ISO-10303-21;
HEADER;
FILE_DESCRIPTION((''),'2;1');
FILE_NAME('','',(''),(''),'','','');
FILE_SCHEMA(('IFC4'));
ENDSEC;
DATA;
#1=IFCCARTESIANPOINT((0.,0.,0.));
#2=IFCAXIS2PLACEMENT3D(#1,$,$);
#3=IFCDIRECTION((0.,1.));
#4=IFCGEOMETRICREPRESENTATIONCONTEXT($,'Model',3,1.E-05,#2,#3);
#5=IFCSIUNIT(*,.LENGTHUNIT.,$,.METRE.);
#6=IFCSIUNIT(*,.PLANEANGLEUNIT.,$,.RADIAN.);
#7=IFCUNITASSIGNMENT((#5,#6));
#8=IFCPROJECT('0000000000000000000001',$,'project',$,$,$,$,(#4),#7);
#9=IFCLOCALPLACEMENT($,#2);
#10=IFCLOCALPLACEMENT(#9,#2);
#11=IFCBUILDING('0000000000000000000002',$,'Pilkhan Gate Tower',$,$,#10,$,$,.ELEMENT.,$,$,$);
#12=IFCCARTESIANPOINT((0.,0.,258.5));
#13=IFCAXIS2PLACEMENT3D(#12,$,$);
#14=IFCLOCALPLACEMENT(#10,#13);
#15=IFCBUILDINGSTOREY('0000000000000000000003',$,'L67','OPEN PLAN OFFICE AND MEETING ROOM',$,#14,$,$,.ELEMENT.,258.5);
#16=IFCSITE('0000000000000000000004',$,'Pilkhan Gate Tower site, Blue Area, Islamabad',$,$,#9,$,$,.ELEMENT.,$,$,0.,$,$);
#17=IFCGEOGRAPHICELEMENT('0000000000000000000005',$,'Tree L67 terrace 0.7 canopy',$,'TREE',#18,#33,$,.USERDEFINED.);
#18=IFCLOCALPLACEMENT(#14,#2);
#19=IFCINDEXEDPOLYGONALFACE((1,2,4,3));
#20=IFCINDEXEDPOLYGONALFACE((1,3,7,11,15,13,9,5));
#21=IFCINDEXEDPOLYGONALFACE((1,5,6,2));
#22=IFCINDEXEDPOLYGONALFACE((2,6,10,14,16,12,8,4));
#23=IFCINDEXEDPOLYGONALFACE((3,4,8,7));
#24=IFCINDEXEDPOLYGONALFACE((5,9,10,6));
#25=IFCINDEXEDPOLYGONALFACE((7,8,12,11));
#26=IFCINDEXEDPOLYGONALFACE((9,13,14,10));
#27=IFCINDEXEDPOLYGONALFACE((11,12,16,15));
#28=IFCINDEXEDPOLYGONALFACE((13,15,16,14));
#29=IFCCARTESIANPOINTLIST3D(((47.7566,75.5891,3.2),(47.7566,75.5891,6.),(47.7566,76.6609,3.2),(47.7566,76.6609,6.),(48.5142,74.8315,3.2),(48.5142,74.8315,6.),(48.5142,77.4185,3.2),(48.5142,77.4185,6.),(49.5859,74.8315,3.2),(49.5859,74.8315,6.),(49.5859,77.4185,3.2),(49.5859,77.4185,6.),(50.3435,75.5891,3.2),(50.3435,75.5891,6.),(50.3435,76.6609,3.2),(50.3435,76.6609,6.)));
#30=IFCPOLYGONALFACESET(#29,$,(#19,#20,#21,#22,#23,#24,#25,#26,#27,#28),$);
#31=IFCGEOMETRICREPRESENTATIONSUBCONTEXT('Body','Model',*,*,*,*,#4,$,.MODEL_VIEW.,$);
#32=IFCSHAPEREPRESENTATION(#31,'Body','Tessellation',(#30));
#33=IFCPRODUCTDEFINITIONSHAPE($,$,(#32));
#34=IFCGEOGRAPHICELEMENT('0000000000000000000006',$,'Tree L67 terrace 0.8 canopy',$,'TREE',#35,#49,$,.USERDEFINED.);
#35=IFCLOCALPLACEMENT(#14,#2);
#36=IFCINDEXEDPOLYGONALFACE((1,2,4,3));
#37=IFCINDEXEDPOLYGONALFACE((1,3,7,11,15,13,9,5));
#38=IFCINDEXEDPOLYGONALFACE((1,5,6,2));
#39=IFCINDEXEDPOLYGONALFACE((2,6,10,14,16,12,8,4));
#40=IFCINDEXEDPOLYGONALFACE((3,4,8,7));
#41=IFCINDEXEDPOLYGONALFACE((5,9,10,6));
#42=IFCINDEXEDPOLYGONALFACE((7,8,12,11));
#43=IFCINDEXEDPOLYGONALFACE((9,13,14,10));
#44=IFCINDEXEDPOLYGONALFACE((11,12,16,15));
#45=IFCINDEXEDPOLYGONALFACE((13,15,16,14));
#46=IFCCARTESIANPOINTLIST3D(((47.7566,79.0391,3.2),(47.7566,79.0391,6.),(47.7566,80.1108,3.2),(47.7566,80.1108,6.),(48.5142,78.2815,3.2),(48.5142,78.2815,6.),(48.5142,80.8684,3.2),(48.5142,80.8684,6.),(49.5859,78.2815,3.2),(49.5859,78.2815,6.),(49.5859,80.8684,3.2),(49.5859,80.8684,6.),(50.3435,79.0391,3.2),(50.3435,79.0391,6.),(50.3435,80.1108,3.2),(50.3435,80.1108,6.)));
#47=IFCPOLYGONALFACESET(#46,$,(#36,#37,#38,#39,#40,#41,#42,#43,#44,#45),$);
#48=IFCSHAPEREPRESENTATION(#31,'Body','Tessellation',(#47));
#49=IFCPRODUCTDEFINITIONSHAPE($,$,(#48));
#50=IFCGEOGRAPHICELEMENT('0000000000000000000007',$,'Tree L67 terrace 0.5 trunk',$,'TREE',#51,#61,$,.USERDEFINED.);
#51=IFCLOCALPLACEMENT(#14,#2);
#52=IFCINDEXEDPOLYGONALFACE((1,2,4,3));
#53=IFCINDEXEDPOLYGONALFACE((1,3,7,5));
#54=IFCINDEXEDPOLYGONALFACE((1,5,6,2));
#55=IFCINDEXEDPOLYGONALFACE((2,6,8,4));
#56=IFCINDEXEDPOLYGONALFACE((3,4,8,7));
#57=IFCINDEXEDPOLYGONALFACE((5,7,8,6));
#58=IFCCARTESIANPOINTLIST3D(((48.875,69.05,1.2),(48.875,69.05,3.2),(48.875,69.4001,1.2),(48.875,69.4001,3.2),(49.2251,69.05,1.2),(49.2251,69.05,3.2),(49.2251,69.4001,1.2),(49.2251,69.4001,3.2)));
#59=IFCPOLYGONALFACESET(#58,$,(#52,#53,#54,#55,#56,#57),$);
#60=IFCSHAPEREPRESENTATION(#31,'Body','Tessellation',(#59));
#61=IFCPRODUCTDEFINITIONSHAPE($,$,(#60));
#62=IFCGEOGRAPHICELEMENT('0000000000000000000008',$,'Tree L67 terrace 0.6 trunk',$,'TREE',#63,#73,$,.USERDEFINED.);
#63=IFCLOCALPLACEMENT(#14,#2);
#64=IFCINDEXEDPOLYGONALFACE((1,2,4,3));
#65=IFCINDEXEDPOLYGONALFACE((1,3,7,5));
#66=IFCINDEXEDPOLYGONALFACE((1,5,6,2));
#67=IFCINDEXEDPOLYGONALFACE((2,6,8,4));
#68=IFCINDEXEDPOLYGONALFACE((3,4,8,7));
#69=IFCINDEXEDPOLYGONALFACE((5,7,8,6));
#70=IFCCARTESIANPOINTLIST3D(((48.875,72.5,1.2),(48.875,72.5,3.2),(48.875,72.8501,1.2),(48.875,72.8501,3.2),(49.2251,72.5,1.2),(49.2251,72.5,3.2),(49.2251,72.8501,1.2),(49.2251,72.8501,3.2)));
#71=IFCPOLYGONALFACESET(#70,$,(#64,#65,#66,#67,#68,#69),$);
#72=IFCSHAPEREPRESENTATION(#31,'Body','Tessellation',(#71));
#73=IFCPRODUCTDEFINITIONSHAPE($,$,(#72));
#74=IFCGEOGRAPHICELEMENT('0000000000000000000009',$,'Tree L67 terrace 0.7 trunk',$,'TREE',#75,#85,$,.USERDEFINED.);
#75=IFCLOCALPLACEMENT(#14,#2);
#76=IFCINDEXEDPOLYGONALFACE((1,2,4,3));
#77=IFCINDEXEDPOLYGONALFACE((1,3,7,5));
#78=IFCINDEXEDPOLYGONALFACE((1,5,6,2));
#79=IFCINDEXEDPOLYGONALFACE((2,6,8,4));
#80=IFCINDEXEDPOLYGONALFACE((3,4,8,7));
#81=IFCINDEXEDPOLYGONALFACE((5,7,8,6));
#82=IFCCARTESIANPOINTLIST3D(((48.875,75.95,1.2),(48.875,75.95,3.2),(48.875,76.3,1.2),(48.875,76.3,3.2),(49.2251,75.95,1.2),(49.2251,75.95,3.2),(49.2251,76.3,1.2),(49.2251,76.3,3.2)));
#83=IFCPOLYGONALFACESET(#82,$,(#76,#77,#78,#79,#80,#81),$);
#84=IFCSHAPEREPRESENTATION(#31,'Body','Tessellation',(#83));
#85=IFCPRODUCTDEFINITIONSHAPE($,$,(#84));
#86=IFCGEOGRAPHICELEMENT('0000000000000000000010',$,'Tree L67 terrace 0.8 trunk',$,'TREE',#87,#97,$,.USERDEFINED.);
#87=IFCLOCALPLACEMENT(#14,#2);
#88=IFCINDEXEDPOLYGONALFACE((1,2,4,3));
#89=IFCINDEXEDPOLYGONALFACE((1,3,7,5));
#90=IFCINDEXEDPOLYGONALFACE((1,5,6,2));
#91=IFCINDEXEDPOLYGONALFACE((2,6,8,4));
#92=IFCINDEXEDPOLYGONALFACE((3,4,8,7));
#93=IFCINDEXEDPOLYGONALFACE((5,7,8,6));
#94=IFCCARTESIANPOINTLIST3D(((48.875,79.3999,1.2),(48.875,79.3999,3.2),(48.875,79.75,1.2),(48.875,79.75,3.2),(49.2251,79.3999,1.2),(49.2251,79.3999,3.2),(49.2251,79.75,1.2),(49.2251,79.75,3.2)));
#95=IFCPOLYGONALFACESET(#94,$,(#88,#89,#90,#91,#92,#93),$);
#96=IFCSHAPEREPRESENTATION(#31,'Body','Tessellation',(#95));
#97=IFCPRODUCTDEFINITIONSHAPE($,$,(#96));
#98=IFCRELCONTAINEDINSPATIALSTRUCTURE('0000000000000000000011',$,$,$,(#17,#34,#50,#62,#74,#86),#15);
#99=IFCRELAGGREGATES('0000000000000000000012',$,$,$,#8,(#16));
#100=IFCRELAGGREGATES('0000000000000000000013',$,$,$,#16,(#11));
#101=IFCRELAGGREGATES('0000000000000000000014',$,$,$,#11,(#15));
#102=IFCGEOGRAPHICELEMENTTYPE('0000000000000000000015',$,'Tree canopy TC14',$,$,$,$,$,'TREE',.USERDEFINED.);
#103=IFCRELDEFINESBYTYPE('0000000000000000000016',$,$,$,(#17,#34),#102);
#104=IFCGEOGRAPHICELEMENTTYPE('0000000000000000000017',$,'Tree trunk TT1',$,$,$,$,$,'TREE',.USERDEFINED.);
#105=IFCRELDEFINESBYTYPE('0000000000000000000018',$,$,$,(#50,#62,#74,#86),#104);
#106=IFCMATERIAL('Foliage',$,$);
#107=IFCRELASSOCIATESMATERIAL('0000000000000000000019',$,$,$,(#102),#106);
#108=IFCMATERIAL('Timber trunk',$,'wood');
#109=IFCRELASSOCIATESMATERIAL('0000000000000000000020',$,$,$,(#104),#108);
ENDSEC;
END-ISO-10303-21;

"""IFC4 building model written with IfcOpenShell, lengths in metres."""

from ifc_helpers import new_model, si_unit, direction, frame, origin, origin_2d, place, context, subcontext, project, spatial, polyline, rectangle, outline, extrude, material, material_profile, profile_set, type_object, element, save


model = new_model("IFC4")

# Units and contexts
model_context = context("Model", 3, precision=1e-05, world=origin(), true_north=direction((0.0, 1.0)))
body_context = subcontext(model_context, "Body", "Model", "MODEL_VIEW")
ifc_project = project(units=[si_unit("LENGTHUNIT", "METRE"), si_unit("PLANEANGLEUNIT", "RADIAN")], contexts=[model_context])

# Site, building, storey
site_placement = place(None, origin())
site = spatial("IfcSite", under=ifc_project, at=site_placement, Name="Pilkhan Gate Tower site, Blue Area, Islamabad", CompositionType="ELEMENT", RefElevation=0.0)
building_placement = place(site_placement, origin())
building = spatial("IfcBuilding", under=site, at=building_placement, Name="Pilkhan Gate Tower", CompositionType="ELEMENT")
storey_placement = place(building_placement, frame((0.0, 0.0, 258.5)))
storey = spatial("IfcBuildingStorey", under=building, at=storey_placement, Name="L67", Description="OPEN PLAN OFFICE AND MEETING ROOM", CompositionType="ELEMENT", Elevation=258.5)

# Geographic elements
ifc_material_1 = material(Name="Foliage")
ifc_material_profile_1 = material_profile(ifc_material_1, outline(polyline([(1.2935, 0.5359), (0.5359, 1.2935), (-0.5359, 1.2935), (-1.2935, 0.5359), (-1.2935, -0.5359), (-0.5359, -1.2935), (0.5359, -1.2935), (1.2935, -0.5359), (1.2935, 0.5359)])), Name="Canopy D2.8")
ifc_profile_set_1 = profile_set([ifc_material_profile_1], Name="Foliage")
geographic_element_type_1 = type_object("IfcGeographicElementType", Name="Tree canopy TC14", ElementType="TREE", PredefinedType="USERDEFINED", material=ifc_profile_set_1)
for number, where, z_axis, x_axis, name in (
    (1, (49.05, 76.125, 3.2), (0.0, 0.0, 1.0), (1.0, 0.0, 0.0), "Tree L67 terrace 0.7 canopy"),
    (2, (49.05, 79.575, 3.2), (0.0, 0.0, 1.0), (1.0, 0.0, 0.0), "Tree L67 terrace 0.8 canopy"),
):
    element("IfcGeographicElement", number, at=place(storey_placement, frame(where, z_axis=z_axis, x_axis=x_axis)), inside=storey, type_object=geographic_element_type_1, Name=name, ObjectType="TREE", PredefinedType="USERDEFINED", context=body_context, shape_type="SweptSolid", body=[
        extrude(outline(polyline([(1.2935, 0.5359), (0.5359, 1.2935), (-0.5359, 1.2935), (-1.2935, 0.5359), (-1.2935, -0.5359), (-0.5359, -1.2935), (0.5359, -1.2935), (1.2935, -0.5359), (1.2935, 0.5359)])), origin(), (0.0, 0.0, 1.0), 2.8),
    ])
ifc_material_2 = material(Name="Timber trunk", Category="wood")
geographic_element_type_2 = type_object("IfcGeographicElementType", Name="Tree trunk TT1", ElementType="TREE", PredefinedType="USERDEFINED", material=ifc_material_2)
for number, where, z_axis, x_axis, name in (
    (3, (49.05, 69.2251, 1.2), (0.0, 0.0, 1.0), (1.0, 0.0, 0.0), "Tree L67 terrace 0.5 trunk"),
    (4, (49.05, 72.675, 1.2), (0.0, 0.0, 1.0), (1.0, 0.0, 0.0), "Tree L67 terrace 0.6 trunk"),
    (5, (49.05, 76.125, 1.2), (0.0, 0.0, 1.0), (1.0, 0.0, 0.0), "Tree L67 terrace 0.7 trunk"),
    (6, (49.05, 79.575, 1.2), (0.0, 0.0, 1.0), (1.0, 0.0, 0.0), "Tree L67 terrace 0.8 trunk"),
):
    element("IfcGeographicElement", number, at=place(storey_placement, frame(where, z_axis=z_axis, x_axis=x_axis)), inside=storey, type_object=geographic_element_type_2, Name=name, ObjectType="TREE", PredefinedType="USERDEFINED", context=body_context, shape_type="SweptSolid", body=[
        extrude(rectangle(XDim=0.3501, YDim=0.3501, at=origin_2d()), origin(), (0.0, 0.0, 1.0), 2.0),
    ])

save(model, "model.ifc")
